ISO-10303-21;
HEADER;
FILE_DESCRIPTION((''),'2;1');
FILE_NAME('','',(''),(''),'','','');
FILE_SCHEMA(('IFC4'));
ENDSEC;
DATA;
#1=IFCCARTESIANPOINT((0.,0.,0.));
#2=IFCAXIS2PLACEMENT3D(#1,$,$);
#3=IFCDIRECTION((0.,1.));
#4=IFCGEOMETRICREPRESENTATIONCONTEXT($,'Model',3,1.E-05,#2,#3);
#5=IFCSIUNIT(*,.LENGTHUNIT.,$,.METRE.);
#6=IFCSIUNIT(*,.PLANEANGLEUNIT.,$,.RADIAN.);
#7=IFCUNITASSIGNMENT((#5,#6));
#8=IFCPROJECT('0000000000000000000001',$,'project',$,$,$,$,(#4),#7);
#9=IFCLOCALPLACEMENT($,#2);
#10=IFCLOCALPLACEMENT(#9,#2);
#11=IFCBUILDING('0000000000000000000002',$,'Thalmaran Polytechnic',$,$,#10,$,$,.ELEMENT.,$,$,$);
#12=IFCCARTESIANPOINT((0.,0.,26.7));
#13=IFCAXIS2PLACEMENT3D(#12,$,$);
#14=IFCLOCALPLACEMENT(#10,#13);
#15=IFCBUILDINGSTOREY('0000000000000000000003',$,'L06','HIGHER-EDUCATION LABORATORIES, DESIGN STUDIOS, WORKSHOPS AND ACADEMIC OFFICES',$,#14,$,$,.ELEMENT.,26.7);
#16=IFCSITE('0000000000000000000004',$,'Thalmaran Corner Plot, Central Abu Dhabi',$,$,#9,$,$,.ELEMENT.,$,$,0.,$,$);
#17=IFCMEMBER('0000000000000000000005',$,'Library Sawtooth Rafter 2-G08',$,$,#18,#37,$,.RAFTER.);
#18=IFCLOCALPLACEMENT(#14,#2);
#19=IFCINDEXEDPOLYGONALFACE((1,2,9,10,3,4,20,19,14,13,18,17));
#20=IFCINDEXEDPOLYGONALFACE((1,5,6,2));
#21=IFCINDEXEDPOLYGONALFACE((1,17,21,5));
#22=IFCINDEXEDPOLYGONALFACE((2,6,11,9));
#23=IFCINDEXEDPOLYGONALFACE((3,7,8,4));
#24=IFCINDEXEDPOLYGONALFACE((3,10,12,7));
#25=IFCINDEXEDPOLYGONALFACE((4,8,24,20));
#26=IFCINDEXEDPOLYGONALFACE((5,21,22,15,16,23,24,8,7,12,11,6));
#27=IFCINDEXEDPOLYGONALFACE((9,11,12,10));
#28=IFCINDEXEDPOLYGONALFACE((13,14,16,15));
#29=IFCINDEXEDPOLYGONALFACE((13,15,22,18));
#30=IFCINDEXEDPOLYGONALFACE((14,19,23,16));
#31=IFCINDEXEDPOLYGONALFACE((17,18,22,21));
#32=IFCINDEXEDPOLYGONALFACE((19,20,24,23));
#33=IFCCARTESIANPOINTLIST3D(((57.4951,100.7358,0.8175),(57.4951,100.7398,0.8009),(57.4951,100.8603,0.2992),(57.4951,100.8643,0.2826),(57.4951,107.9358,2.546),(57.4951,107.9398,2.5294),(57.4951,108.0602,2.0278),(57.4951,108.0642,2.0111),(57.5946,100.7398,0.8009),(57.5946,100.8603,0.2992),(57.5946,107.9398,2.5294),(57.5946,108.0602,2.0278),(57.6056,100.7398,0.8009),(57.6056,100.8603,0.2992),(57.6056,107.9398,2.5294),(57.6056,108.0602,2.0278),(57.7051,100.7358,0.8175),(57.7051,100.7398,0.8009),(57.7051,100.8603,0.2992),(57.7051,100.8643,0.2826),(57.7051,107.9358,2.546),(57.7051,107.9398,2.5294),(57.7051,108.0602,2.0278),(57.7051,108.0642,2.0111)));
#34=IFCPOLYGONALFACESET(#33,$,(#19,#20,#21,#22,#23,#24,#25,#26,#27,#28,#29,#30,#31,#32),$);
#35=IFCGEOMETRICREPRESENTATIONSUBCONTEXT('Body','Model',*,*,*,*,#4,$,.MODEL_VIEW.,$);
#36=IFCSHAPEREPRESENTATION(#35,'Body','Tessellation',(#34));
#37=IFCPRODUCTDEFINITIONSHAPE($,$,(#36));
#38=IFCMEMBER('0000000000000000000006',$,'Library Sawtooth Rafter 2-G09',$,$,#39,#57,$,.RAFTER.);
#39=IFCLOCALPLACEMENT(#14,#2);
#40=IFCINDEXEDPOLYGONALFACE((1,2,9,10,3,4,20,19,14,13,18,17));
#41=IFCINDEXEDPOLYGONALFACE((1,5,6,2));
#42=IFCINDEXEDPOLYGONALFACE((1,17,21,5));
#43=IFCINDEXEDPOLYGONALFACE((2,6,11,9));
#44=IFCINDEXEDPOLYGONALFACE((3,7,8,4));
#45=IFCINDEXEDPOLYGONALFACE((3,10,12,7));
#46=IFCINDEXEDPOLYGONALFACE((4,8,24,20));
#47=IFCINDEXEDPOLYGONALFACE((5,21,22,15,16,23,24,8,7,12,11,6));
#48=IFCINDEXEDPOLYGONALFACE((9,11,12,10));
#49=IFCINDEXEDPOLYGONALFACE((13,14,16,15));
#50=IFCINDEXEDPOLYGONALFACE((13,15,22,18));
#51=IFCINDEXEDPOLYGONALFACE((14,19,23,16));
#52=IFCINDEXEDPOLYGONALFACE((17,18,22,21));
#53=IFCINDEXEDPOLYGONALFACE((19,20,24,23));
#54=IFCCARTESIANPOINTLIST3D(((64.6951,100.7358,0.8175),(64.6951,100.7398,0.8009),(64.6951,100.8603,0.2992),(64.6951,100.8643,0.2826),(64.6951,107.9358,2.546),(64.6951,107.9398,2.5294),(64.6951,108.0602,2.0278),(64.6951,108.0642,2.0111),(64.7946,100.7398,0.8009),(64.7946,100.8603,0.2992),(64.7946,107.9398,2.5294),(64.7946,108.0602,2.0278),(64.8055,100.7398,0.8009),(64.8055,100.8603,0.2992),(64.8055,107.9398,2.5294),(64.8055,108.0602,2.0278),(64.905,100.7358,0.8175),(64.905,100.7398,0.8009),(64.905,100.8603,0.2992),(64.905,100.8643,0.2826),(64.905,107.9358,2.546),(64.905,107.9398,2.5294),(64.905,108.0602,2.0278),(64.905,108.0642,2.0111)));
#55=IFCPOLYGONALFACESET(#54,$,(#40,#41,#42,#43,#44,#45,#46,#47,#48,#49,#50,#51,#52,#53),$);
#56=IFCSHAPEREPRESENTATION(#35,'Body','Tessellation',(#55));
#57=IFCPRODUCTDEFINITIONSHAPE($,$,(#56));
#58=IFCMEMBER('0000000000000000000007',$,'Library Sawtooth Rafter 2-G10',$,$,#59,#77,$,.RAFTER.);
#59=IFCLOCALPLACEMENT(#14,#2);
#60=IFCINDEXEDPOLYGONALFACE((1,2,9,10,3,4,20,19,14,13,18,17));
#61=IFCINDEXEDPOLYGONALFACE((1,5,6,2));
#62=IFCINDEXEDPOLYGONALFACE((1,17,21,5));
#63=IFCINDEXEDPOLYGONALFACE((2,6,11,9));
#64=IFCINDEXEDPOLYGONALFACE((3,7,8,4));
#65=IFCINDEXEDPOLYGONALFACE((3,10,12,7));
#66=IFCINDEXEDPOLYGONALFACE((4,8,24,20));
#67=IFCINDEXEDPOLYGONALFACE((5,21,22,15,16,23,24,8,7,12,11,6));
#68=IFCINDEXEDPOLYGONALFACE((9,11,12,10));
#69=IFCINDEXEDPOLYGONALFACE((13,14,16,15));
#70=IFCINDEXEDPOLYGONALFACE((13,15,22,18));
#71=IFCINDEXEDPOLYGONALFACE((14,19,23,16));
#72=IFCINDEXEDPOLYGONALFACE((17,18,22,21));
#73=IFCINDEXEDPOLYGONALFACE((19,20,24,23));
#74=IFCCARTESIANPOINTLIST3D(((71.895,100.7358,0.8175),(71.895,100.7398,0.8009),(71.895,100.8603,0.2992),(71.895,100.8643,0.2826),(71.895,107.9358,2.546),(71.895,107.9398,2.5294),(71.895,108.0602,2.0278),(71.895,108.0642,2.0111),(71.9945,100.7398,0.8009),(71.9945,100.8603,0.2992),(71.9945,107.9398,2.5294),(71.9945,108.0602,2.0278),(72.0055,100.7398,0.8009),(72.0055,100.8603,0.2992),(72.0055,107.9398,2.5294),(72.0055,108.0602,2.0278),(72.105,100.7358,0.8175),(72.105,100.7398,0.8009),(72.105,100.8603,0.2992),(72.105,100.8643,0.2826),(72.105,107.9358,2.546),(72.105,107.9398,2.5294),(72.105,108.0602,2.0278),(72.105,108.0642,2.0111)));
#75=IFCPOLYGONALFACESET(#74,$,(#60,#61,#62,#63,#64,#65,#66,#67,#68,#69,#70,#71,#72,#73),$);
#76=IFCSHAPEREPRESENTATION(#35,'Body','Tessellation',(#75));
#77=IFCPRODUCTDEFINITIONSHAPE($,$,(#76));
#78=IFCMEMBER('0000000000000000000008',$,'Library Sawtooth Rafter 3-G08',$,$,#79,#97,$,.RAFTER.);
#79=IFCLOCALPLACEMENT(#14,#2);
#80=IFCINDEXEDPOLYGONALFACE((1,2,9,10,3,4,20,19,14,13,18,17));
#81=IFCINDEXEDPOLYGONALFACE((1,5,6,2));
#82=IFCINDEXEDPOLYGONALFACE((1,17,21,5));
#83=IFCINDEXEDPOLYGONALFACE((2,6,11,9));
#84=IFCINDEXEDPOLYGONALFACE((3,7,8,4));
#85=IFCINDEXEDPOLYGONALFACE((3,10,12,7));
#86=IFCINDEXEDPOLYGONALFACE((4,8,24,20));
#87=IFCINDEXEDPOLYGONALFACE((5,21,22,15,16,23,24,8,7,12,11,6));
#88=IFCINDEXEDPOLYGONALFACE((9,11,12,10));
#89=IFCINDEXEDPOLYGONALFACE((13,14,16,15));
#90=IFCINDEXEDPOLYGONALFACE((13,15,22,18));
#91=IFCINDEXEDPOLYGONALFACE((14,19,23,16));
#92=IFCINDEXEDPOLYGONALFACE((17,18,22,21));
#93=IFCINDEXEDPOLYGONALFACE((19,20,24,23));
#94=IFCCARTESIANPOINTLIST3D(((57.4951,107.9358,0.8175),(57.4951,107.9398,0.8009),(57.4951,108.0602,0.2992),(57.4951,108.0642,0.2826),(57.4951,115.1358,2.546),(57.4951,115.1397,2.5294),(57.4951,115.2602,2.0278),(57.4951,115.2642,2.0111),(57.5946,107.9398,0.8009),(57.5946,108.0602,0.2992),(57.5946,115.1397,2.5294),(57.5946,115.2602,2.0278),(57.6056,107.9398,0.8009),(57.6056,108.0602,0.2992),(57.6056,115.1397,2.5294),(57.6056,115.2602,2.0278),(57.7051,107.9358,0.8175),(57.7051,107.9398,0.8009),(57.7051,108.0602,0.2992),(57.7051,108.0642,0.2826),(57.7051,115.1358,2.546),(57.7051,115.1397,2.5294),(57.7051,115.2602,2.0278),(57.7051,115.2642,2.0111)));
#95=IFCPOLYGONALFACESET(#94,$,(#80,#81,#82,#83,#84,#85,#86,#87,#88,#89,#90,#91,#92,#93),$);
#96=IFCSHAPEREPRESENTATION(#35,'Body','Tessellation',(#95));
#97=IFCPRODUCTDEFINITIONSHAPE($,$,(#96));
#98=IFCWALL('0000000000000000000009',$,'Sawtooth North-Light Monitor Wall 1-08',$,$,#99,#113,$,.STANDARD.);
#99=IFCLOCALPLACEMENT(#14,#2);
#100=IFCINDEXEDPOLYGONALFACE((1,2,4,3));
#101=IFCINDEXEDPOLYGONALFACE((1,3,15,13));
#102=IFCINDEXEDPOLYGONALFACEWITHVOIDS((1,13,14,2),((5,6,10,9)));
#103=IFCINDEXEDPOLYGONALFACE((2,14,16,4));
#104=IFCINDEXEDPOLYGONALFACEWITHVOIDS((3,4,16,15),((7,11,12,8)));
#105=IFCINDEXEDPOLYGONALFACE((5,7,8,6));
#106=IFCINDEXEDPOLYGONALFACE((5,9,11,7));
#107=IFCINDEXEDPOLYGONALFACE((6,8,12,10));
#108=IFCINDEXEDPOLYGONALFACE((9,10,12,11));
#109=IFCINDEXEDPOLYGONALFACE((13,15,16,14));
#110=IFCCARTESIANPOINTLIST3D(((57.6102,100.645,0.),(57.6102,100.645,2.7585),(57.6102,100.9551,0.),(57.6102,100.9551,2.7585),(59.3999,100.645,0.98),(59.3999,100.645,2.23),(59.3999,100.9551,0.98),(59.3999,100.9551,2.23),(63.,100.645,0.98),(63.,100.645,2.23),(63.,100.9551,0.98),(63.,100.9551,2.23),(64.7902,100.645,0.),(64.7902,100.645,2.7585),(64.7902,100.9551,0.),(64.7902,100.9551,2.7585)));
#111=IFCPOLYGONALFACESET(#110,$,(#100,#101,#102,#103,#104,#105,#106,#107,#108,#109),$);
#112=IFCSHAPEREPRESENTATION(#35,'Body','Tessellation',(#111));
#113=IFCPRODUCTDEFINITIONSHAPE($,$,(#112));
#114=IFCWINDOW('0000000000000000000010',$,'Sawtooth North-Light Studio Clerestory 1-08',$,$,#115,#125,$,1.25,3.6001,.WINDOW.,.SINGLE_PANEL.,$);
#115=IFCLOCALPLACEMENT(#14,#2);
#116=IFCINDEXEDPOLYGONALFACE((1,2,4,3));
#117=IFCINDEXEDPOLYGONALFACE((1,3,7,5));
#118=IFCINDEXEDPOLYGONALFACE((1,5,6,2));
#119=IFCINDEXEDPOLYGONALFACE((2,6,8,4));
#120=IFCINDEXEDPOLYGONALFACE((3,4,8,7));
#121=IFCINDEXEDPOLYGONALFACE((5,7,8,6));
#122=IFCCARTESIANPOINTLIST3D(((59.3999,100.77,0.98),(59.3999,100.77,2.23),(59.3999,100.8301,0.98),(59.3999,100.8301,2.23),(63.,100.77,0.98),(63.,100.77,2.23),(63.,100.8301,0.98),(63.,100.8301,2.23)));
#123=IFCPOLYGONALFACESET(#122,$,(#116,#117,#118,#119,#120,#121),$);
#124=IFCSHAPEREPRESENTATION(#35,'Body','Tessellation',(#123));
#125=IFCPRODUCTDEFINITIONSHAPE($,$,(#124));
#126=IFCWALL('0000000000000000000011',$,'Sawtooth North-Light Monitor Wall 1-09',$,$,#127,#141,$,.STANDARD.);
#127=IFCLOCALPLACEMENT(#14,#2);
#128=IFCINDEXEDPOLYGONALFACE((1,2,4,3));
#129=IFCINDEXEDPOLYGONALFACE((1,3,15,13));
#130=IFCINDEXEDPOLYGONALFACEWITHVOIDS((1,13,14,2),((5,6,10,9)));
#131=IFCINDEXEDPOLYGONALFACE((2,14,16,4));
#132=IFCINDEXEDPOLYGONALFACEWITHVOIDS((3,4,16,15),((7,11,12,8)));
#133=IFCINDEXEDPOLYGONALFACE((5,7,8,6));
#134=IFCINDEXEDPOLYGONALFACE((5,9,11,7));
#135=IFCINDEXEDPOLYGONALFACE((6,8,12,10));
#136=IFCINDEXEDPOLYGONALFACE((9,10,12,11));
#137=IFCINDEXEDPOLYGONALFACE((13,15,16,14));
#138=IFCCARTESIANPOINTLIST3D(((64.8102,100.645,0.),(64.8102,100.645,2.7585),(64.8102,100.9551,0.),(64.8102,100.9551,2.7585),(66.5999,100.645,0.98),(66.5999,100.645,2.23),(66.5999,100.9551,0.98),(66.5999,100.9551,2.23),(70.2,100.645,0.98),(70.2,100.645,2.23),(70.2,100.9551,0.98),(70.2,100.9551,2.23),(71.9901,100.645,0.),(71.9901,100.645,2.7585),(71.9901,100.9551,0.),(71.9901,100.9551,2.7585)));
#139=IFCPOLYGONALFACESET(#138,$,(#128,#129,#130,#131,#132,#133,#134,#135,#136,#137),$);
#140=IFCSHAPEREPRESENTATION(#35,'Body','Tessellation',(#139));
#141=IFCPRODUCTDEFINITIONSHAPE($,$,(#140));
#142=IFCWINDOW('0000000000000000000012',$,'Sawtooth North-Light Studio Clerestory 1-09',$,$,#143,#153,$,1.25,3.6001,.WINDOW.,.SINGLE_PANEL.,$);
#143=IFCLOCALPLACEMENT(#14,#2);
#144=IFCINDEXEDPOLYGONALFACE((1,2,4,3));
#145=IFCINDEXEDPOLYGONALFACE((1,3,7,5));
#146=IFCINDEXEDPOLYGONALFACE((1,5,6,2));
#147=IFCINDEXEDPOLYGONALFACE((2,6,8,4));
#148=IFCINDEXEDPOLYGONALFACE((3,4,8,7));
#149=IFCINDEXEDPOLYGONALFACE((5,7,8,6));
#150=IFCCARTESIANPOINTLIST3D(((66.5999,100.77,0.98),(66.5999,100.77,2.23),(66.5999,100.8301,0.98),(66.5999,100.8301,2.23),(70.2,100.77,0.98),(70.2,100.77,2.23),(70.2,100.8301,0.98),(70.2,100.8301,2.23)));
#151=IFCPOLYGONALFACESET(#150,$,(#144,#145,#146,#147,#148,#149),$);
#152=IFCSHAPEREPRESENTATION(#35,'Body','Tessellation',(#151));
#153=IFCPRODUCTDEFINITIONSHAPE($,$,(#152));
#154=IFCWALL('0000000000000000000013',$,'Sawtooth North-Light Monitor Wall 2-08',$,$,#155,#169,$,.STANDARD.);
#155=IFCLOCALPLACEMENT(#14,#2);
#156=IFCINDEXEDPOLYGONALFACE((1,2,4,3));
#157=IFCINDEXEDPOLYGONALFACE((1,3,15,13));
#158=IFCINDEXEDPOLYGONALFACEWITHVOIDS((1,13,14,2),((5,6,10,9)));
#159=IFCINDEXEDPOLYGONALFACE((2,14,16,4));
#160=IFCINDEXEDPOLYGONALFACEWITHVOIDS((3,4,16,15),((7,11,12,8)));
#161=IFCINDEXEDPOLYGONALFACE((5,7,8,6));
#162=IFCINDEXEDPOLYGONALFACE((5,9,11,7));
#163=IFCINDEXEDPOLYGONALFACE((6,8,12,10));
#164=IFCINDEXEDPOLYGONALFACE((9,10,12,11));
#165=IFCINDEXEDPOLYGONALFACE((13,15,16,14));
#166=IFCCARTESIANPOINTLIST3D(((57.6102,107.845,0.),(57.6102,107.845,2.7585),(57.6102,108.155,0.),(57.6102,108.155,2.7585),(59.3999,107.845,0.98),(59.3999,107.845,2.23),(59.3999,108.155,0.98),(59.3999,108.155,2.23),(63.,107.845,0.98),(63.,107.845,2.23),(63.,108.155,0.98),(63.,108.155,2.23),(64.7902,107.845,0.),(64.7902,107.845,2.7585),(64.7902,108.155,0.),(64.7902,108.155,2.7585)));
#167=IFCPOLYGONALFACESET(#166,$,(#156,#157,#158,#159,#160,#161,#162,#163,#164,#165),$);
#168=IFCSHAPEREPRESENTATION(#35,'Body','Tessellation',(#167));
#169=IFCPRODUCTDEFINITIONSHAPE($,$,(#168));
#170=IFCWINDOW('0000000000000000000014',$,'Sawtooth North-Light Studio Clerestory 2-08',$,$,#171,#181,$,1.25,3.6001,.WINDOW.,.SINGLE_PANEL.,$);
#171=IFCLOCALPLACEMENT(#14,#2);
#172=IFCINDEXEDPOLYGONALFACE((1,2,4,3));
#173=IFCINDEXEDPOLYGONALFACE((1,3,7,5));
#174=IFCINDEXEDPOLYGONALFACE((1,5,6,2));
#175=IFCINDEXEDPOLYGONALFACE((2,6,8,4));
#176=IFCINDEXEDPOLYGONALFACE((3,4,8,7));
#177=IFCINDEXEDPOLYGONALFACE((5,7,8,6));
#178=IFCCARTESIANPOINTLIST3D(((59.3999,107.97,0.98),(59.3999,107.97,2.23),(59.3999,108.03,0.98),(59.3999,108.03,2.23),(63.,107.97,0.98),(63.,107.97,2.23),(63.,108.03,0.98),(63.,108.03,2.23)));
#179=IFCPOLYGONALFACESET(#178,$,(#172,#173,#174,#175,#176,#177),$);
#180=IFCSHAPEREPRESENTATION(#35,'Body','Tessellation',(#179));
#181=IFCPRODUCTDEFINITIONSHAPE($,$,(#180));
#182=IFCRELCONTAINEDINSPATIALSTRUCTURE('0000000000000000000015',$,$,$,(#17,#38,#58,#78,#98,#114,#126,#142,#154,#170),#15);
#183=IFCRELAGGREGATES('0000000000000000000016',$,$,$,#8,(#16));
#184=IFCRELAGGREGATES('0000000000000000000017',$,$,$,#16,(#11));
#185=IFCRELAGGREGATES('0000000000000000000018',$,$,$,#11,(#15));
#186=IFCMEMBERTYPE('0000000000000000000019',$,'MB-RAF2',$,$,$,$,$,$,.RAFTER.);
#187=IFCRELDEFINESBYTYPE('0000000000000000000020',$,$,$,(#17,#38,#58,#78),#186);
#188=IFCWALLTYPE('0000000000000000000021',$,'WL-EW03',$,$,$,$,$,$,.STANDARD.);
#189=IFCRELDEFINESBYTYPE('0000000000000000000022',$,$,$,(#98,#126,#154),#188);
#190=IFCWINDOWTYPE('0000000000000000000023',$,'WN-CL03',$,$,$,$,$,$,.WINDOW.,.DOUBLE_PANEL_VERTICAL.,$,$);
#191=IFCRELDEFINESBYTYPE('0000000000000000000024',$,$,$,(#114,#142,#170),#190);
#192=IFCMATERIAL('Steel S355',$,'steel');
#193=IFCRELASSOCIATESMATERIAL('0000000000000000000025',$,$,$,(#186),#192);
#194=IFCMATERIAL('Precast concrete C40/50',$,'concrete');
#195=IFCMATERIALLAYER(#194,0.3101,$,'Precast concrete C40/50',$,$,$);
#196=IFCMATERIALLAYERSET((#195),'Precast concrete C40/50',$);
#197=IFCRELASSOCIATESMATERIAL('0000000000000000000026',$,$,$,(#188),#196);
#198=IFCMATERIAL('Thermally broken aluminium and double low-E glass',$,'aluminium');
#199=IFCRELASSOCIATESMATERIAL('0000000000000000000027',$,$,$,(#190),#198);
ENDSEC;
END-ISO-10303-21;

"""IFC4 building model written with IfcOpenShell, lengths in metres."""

from ifc_helpers import new_model, si_unit, direction, frame, frame_2d, origin, origin_2d, place, context, subcontext, project, spatial, rectangle, i_section, extrude, material, layer, layer_set, material_profile, profile_set, type_object, element, fill, save


model = new_model("IFC4")

# Units and contexts
model_context = context("Model", 3, precision=1e-05, world=origin(), true_north=direction((0.0, 1.0)))
body_context = subcontext(model_context, "Body", "Model", "MODEL_VIEW")
ifc_project = project(units=[si_unit("LENGTHUNIT", "METRE"), si_unit("PLANEANGLEUNIT", "RADIAN")], contexts=[model_context])

# Site, building, storey
site_placement = place(None, origin())
site = spatial("IfcSite", under=ifc_project, at=site_placement, Name="Thalmaran Corner Plot, Central Abu Dhabi", CompositionType="ELEMENT", RefElevation=0.0)
building_placement = place(site_placement, origin())
building = spatial("IfcBuilding", under=site, at=building_placement, Name="Thalmaran Polytechnic", CompositionType="ELEMENT")
storey_placement = place(building_placement, frame((0.0, 0.0, 26.7)))
storey = spatial("IfcBuildingStorey", under=building, at=storey_placement, Name="L06", Description="HIGHER-EDUCATION LABORATORIES, DESIGN STUDIOS, WORKSHOPS AND ACADEMIC OFFICES", CompositionType="ELEMENT", Elevation=26.7)

# Shared definitions
ifc_material_1 = material(Name="Steel S355", Category="steel")

# Members
ifc_material_profile_1 = material_profile(ifc_material_1, i_section(OverallWidth=0.21, OverallDepth=0.55, WebThickness=0.011, FlangeThickness=0.0171, at=origin_2d()), Name="IPE 550")
ifc_profile_set_1 = profile_set([ifc_material_profile_1], Name="Steel S355")
member_type_1 = type_object("IfcMemberType", Name="MB-RAF2", PredefinedType="RAFTER", material=ifc_profile_set_1)
for number, where, z_axis, x_axis, name in (
    (1, (57.6001, 100.8, 0.55), (0.0, 0.972371, 0.23344), (-1.0, 0.0, 0.0), "Library Sawtooth Rafter 2-G08"),
    (2, (64.8, 100.8, 0.55), (0.0, 0.972371, 0.23344), (-1.0, 0.0, 0.0), "Library Sawtooth Rafter 2-G09"),
    (3, (72.0, 100.8, 0.55), (0.0, 0.972371, 0.23344), (-1.0, 0.0, 0.0), "Library Sawtooth Rafter 2-G10"),
    (4, (57.6001, 108.0, 0.55), (0.0, 0.972371, 0.23344), (-1.0, 0.0, 0.0), "Library Sawtooth Rafter 3-G08"),
):
    element("IfcMember", number, at=place(storey_placement, frame(where, z_axis=z_axis, x_axis=x_axis)), inside=storey, type_object=member_type_1, Name=name, PredefinedType="RAFTER", context=body_context, shape_type="SweptSolid", body=[
        extrude(i_section(OverallWidth=0.21, OverallDepth=0.55, WebThickness=0.011, FlangeThickness=0.0171, at=origin_2d()), origin(), (0.0, 0.0, 1.0), 7.4045),
    ])

# Walls, openings, windows
ifc_material_2 = material(Name="Precast concrete C40/50", Category="concrete")
ifc_layer = layer(ifc_material_2, 0.3101, Name="Precast concrete C40/50")
ifc_layer_set = layer_set([ifc_layer], Name="Precast concrete C40/50")
wall_type = type_object("IfcWallType", Name="WL-EW03", PredefinedType="STANDARD", material=ifc_layer_set)
wall_1_placement = place(storey_placement, frame((64.79, 100.8, 0.0), z_axis=(0.0, 0.0, 1.0), x_axis=(-1.0, 0.0, 0.0)))
wall_1 = element("IfcWall", 5, at=wall_1_placement, inside=storey, type_object=wall_type, Name="Sawtooth North-Light Monitor Wall 1-08", PredefinedType="STANDARD", context=body_context, shape_type="SweptSolid", body=[
    extrude(rectangle(XDim=7.1799, YDim=0.3101, at=frame_2d((3.5898, 0.0))), origin(), (0.0, 0.0, 1.0), 2.7585),
])
opening_1_placement = place(wall_1_placement, frame((1.79, 0.0, 0.98)))
opening_1 = element("IfcOpeningElement", 6, at=opening_1_placement, cuts=wall_1, PredefinedType="OPENING", context=body_context, shape_type="SweptSolid", body=[
    extrude(rectangle(XDim=3.6001, YDim=1.25, at=frame_2d((1.8, 0.625))), frame((0.0, 0.165, 0.0), z_axis=(0.0, -1.0, 0.0), x_axis=(1.0, 0.0, 0.0)), (0.0, 0.0, 1.0), 0.3301),
])
ifc_material_3 = material(Name="Thermally broken aluminium and double low-E glass", Category="aluminium")
window_type = type_object("IfcWindowType", Name="WN-CL03", PartitioningType="DOUBLE_PANEL_VERTICAL", PredefinedType="WINDOW", material=ifc_material_3)
window_1_placement = place(opening_1_placement, origin())
window_1 = element("IfcWindow", 7, at=window_1_placement, inside=storey, type_object=window_type, Name="Sawtooth North-Light Studio Clerestory 1-08", OverallHeight=1.25, OverallWidth=3.6001, PartitioningType="SINGLE_PANEL", PredefinedType="WINDOW", context=body_context, shape_type="SweptSolid", body=[
    extrude(rectangle(XDim=3.6001, YDim=1.25, at=frame_2d((1.8, 0.625))), frame((0.0, 0.03, 0.0), z_axis=(0.0, -1.0, 0.0), x_axis=(1.0, 0.0, 0.0)), (0.0, 0.0, 1.0), 0.0601),
])
fill(opening_1, window_1)
wall_2_placement = place(storey_placement, frame((71.99, 100.8, 0.0), z_axis=(0.0, 0.0, 1.0), x_axis=(-1.0, 0.0, 0.0)))
wall_2 = element("IfcWall", 8, at=wall_2_placement, inside=storey, type_object=wall_type, Name="Sawtooth North-Light Monitor Wall 1-09", PredefinedType="STANDARD", context=body_context, shape_type="SweptSolid", body=[
    extrude(rectangle(XDim=7.1799, YDim=0.3101, at=frame_2d((3.5898, 0.0))), origin(), (0.0, 0.0, 1.0), 2.7585),
])
opening_2_placement = place(wall_2_placement, frame((1.79, 0.0, 0.98)))
opening_2 = element("IfcOpeningElement", 9, at=opening_2_placement, cuts=wall_2, PredefinedType="OPENING", context=body_context, shape_type="SweptSolid", body=[
    extrude(rectangle(XDim=3.6001, YDim=1.25, at=frame_2d((1.8, 0.625))), frame((0.0, 0.165, 0.0), z_axis=(0.0, -1.0, 0.0), x_axis=(1.0, 0.0, 0.0)), (0.0, 0.0, 1.0), 0.3301),
])
window_2_placement = place(opening_2_placement, origin())
window_2 = element("IfcWindow", 10, at=window_2_placement, inside=storey, type_object=window_type, Name="Sawtooth North-Light Studio Clerestory 1-09", OverallHeight=1.25, OverallWidth=3.6001, PartitioningType="SINGLE_PANEL", PredefinedType="WINDOW", context=body_context, shape_type="SweptSolid", body=[
    extrude(rectangle(XDim=3.6001, YDim=1.25, at=frame_2d((1.8, 0.625))), frame((0.0, 0.03, 0.0), z_axis=(0.0, -1.0, 0.0), x_axis=(1.0, 0.0, 0.0)), (0.0, 0.0, 1.0), 0.0601),
])
fill(opening_2, window_2)
wall_3_placement = place(storey_placement, frame((64.79, 108.0, 0.0), z_axis=(0.0, 0.0, 1.0), x_axis=(-1.0, 0.0, 0.0)))
wall_3 = element("IfcWall", 11, at=wall_3_placement, inside=storey, type_object=wall_type, Name="Sawtooth North-Light Monitor Wall 2-08", PredefinedType="STANDARD", context=body_context, shape_type="SweptSolid", body=[
    extrude(rectangle(XDim=7.1799, YDim=0.3101, at=frame_2d((3.5898, 0.0))), origin(), (0.0, 0.0, 1.0), 2.7585),
])
opening_3_placement = place(wall_3_placement, frame((1.79, 0.0, 0.98)))
opening_3 = element("IfcOpeningElement", 12, at=opening_3_placement, cuts=wall_3, PredefinedType="OPENING", context=body_context, shape_type="SweptSolid", body=[
    extrude(rectangle(XDim=3.6001, YDim=1.25, at=frame_2d((1.8, 0.625))), frame((0.0, 0.165, 0.0), z_axis=(0.0, -1.0, 0.0), x_axis=(1.0, 0.0, 0.0)), (0.0, 0.0, 1.0), 0.3301),
])
window_3_placement = place(opening_3_placement, origin())
window_3 = element("IfcWindow", 13, at=window_3_placement, inside=storey, type_object=window_type, Name="Sawtooth North-Light Studio Clerestory 2-08", OverallHeight=1.25, OverallWidth=3.6001, PartitioningType="SINGLE_PANEL", PredefinedType="WINDOW", context=body_context, shape_type="SweptSolid", body=[
    extrude(rectangle(XDim=3.6001, YDim=1.25, at=frame_2d((1.8, 0.625))), frame((0.0, 0.03, 0.0), z_axis=(0.0, -1.0, 0.0), x_axis=(1.0, 0.0, 0.0)), (0.0, 0.0, 1.0), 0.0601),
])
fill(opening_3, window_3)

save(model, "model.ifc")
